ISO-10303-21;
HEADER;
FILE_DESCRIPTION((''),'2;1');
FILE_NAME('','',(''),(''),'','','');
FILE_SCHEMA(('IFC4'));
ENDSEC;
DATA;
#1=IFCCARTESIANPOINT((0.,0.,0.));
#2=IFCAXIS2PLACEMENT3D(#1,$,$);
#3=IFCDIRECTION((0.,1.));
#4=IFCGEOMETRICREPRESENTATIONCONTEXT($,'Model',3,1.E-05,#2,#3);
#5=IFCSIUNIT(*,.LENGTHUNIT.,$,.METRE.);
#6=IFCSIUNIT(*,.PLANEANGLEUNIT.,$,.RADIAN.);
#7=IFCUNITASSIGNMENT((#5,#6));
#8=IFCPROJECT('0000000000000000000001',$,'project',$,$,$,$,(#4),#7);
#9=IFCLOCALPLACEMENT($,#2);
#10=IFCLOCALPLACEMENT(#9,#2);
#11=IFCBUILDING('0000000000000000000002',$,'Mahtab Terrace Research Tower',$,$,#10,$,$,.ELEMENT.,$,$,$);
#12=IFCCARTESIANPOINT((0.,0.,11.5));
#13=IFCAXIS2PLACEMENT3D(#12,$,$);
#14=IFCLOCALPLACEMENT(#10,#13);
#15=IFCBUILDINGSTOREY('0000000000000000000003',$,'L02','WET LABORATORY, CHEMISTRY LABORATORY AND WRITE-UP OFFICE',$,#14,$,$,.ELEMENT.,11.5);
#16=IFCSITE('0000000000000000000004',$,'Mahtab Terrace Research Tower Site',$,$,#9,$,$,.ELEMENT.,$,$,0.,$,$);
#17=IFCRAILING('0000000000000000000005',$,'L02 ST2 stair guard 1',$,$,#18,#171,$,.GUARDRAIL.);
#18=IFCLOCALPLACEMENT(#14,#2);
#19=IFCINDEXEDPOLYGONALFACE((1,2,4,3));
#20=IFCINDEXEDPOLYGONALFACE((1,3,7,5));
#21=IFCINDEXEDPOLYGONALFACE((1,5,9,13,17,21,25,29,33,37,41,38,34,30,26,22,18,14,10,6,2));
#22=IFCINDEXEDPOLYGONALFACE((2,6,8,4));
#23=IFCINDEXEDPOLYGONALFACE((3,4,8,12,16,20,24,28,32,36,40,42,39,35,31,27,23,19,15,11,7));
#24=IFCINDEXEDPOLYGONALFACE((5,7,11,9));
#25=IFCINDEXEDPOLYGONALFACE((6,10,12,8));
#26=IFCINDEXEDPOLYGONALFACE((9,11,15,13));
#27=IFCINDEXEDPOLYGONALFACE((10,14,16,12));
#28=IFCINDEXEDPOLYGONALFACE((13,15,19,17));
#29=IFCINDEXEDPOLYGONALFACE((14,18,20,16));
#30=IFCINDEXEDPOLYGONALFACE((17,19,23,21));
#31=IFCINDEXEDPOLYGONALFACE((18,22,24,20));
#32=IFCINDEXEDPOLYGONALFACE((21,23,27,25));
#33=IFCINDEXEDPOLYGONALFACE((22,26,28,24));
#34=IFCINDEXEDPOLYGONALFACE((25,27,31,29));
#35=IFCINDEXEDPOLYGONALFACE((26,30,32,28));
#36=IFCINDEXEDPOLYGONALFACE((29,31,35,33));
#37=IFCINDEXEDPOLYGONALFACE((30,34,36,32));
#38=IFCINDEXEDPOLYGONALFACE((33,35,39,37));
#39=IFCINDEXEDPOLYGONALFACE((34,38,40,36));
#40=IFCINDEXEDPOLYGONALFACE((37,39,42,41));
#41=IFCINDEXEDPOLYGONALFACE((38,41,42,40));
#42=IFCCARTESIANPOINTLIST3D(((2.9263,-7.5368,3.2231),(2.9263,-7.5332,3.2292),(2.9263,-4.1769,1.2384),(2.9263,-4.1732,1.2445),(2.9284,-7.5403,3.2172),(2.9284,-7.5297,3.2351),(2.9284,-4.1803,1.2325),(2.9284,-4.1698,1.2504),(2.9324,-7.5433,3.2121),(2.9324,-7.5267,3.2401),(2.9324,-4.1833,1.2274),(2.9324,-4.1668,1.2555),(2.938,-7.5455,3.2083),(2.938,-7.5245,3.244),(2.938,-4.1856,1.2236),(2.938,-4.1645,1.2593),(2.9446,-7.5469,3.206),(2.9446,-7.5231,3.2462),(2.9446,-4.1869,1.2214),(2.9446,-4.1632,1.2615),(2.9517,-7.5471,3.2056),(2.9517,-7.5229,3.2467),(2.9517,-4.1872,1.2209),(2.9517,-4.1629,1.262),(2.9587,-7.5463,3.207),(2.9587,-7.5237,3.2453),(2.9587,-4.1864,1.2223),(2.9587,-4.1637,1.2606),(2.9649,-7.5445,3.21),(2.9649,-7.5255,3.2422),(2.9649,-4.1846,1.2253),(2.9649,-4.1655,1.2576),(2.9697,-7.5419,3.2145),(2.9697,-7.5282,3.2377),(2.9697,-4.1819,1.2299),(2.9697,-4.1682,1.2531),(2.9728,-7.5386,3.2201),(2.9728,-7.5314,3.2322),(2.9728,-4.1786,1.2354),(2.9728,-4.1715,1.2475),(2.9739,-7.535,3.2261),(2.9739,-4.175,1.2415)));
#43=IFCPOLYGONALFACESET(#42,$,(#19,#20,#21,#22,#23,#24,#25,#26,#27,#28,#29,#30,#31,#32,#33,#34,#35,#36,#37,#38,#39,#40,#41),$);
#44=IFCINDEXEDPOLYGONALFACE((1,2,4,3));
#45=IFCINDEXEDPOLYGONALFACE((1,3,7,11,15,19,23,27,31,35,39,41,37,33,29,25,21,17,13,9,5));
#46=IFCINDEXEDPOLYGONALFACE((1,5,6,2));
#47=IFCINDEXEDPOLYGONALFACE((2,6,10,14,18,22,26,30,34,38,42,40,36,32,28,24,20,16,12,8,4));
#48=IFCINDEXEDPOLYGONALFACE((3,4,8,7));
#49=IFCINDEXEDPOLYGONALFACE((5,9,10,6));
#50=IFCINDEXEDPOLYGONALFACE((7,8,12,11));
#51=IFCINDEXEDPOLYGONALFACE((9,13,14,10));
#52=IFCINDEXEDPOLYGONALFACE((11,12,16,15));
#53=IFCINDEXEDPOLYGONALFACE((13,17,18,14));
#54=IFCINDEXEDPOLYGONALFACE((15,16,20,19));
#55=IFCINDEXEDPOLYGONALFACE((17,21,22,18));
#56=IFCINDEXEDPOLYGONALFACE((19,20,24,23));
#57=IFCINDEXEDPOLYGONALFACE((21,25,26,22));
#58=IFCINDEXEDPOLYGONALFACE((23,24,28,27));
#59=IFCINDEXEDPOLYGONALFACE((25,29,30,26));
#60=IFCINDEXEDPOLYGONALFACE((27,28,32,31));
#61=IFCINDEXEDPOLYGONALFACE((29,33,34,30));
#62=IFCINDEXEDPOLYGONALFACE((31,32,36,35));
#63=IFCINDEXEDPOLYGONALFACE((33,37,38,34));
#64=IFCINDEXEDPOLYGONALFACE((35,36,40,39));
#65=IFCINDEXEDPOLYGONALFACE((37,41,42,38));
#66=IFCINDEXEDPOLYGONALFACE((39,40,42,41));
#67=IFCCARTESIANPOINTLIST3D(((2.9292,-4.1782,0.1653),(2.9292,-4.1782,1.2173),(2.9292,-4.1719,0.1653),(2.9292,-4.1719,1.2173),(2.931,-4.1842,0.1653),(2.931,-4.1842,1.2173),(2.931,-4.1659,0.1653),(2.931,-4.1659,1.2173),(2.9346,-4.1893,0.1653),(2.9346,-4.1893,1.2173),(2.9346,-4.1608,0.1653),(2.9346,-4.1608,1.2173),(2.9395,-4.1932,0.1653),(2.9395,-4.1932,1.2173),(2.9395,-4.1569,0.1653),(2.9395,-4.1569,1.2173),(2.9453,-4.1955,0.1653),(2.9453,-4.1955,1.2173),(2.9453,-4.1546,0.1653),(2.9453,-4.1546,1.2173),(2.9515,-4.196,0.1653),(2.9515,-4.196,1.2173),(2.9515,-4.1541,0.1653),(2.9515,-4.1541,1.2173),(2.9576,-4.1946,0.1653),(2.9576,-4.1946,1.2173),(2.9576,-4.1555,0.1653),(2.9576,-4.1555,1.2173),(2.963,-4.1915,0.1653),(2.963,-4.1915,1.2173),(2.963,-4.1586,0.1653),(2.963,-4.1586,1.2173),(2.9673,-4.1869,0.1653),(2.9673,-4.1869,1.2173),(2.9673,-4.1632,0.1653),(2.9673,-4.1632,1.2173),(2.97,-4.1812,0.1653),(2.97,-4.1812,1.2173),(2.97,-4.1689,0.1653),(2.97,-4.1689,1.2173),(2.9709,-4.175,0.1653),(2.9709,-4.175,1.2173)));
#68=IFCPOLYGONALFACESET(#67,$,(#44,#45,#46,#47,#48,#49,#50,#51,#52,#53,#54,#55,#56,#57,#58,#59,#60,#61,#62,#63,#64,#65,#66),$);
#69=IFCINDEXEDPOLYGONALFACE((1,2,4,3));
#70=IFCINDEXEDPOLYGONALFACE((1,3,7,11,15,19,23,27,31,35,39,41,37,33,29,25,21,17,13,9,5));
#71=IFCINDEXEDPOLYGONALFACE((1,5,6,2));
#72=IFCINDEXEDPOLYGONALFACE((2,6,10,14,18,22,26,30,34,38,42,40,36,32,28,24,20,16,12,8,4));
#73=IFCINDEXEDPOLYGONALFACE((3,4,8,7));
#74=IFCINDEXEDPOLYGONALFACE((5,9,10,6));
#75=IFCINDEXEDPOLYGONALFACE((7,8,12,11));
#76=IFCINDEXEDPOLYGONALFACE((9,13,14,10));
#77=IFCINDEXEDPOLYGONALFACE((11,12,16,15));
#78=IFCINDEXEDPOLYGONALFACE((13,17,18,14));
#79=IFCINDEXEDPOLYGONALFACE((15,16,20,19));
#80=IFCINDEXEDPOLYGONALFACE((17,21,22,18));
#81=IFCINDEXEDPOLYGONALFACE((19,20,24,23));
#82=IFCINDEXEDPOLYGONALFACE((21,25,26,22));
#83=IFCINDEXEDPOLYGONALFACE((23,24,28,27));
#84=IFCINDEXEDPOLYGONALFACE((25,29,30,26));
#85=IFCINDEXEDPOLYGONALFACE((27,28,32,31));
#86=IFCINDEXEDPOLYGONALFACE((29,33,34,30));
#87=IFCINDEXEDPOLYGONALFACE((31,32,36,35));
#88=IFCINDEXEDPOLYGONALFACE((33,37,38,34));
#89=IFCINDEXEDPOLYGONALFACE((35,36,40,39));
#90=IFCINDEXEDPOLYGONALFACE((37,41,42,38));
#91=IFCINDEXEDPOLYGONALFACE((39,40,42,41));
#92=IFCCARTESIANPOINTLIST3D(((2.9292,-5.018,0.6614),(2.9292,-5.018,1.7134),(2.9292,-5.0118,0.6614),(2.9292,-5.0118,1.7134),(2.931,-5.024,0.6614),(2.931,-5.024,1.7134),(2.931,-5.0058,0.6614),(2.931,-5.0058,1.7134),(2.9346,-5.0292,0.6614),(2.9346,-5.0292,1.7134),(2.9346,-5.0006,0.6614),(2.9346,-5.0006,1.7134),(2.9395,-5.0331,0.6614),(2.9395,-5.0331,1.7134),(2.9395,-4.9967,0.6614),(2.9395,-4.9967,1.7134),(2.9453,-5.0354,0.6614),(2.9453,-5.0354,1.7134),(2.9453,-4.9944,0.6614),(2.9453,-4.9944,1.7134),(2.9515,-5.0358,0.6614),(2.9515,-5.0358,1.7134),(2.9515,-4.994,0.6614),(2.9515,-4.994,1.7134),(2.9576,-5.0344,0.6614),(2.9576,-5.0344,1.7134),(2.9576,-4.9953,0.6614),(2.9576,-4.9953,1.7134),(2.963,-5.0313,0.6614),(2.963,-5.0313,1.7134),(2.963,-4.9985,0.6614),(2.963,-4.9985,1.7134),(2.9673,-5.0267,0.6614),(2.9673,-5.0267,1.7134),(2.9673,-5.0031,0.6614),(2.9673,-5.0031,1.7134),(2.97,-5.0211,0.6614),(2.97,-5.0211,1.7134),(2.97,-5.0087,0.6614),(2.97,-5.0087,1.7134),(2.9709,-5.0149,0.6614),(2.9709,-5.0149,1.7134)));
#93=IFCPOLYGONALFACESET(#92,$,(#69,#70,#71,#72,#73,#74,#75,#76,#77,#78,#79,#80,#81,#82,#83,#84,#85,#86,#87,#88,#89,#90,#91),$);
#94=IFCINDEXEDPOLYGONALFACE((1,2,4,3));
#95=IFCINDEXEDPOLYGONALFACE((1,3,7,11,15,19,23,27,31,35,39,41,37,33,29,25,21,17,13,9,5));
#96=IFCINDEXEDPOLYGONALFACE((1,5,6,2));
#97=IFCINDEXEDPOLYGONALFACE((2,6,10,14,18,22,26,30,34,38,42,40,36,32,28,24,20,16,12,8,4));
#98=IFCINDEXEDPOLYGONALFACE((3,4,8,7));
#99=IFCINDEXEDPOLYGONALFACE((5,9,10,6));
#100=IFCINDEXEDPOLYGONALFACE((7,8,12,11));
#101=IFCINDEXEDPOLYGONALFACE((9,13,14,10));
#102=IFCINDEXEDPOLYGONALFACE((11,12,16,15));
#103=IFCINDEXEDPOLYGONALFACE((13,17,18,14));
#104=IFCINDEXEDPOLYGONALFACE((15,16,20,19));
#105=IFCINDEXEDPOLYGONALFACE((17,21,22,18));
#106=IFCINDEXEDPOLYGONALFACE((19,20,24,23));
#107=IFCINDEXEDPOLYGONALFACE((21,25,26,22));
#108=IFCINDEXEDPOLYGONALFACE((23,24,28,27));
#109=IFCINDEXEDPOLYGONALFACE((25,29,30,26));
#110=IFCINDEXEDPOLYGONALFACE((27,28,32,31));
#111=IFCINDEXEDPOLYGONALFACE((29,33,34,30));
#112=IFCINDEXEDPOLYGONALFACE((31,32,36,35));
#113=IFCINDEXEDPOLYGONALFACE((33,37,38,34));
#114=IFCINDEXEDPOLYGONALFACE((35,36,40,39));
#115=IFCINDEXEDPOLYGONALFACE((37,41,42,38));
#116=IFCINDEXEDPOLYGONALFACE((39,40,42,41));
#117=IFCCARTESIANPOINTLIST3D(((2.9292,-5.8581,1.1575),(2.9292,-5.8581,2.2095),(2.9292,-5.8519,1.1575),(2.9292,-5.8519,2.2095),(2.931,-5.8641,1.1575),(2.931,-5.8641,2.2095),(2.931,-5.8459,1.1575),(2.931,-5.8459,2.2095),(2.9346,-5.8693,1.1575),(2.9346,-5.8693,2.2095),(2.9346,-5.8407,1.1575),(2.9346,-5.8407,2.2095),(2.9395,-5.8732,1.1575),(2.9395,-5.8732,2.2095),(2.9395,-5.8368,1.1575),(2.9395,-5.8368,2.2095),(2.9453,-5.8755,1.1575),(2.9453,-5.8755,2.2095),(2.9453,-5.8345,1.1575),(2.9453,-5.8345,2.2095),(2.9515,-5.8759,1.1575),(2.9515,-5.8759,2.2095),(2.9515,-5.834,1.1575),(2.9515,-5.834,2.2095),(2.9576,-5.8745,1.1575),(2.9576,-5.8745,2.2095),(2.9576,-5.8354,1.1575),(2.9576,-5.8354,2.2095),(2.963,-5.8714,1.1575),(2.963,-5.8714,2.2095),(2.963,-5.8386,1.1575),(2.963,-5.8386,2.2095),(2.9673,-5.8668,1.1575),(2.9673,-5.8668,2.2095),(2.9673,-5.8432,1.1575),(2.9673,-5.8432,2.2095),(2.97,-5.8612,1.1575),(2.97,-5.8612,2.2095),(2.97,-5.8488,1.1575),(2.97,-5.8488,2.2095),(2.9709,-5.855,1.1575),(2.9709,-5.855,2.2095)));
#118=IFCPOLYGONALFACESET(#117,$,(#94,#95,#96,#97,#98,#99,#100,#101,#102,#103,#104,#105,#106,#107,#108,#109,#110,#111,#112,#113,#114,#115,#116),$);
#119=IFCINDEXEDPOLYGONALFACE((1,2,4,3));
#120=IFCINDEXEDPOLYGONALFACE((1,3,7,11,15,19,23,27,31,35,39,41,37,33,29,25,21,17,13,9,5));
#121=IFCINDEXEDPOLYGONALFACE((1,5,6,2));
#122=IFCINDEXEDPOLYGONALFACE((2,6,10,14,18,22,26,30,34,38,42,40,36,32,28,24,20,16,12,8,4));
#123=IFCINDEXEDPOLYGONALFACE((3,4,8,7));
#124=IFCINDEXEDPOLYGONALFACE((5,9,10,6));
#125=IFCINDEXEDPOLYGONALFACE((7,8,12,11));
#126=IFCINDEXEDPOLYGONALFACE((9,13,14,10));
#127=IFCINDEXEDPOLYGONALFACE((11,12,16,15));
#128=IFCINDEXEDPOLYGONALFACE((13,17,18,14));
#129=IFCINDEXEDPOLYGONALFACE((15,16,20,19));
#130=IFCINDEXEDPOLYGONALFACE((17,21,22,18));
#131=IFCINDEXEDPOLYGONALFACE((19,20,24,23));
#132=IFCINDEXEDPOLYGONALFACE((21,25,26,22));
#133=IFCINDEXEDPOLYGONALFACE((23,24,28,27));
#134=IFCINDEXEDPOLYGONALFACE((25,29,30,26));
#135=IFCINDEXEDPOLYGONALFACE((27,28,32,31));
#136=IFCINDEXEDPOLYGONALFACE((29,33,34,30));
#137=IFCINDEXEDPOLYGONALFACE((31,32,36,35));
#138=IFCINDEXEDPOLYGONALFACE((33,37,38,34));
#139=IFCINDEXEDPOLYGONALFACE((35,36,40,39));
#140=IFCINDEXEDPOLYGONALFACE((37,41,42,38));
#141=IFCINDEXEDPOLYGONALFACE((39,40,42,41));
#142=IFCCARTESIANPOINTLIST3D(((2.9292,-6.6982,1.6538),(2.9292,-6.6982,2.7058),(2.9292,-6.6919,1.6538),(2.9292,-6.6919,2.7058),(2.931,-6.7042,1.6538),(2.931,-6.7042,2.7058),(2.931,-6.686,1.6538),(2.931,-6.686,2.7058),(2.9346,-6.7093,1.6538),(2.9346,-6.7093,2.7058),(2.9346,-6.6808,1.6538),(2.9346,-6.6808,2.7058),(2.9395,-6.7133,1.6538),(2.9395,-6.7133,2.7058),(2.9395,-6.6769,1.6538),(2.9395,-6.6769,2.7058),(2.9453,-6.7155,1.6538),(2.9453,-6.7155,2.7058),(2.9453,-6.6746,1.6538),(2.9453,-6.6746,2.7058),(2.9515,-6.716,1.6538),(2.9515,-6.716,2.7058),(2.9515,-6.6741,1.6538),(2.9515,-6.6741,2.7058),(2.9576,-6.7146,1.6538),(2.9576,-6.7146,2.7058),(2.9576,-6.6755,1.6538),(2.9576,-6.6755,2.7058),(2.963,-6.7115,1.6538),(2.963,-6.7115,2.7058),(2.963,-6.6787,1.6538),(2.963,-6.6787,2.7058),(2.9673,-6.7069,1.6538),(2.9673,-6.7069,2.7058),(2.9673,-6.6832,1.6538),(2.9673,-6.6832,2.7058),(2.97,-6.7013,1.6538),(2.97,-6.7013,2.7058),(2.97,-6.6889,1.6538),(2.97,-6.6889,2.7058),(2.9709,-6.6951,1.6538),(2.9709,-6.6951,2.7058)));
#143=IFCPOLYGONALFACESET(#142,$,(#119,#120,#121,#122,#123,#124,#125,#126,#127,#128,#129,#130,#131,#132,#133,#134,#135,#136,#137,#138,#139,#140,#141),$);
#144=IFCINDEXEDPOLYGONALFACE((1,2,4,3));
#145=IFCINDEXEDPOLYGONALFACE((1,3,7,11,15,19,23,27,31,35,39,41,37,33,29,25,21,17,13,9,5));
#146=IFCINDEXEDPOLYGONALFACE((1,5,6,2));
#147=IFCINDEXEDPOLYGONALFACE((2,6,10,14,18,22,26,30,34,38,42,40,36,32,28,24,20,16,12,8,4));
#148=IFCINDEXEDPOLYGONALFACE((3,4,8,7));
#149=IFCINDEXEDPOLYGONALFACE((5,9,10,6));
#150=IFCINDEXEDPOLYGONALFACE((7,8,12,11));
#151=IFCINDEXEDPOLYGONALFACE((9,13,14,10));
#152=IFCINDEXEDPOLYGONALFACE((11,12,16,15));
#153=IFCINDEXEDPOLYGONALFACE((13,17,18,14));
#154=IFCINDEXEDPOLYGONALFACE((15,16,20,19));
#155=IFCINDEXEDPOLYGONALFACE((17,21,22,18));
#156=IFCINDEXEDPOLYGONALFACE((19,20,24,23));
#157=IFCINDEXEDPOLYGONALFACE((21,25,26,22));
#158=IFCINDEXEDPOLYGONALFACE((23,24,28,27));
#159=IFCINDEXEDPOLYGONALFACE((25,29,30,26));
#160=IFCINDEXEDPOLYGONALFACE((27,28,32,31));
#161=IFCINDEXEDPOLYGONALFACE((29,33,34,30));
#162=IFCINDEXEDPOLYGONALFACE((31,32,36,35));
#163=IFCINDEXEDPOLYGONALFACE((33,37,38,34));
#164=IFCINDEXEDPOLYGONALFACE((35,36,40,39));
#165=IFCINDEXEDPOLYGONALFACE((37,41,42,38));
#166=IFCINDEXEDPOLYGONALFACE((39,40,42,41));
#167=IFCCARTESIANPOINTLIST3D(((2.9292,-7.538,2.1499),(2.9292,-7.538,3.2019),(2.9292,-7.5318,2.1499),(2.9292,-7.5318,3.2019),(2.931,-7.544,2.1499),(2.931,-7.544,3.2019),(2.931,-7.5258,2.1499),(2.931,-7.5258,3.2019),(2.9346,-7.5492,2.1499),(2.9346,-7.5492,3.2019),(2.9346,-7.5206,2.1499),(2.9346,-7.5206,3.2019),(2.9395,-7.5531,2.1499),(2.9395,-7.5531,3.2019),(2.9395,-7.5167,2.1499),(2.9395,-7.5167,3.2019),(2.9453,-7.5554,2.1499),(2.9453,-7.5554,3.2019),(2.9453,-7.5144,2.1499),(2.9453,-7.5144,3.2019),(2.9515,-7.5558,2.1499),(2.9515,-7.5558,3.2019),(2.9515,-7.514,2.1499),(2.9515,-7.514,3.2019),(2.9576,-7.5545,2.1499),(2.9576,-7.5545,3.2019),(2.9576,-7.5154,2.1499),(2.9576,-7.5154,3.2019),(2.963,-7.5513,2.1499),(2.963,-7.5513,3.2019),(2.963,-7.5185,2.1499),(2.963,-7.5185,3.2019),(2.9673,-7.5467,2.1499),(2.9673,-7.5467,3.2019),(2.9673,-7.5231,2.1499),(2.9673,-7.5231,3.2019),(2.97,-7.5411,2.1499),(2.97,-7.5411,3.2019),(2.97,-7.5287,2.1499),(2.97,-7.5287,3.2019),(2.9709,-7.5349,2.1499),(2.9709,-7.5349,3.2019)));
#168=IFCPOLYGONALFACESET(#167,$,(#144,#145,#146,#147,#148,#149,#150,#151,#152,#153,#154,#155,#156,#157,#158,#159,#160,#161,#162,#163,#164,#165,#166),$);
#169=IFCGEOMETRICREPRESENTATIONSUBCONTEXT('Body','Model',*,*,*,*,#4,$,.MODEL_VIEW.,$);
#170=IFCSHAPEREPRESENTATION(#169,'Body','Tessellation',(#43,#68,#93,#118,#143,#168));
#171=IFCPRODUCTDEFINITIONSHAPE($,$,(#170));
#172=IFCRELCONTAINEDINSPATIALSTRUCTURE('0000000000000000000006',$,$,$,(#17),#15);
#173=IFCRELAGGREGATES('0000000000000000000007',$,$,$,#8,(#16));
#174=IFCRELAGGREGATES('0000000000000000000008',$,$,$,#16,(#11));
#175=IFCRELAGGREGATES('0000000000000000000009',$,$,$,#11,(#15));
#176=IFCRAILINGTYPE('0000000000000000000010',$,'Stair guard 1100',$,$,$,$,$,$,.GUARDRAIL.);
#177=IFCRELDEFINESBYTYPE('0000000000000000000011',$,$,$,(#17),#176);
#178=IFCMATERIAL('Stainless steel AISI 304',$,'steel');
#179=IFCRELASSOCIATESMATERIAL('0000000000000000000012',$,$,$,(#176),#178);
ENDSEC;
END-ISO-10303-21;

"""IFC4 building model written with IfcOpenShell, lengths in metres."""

from ifc_helpers import new_model, si_unit, direction, frame, origin, origin_2d, place, context, subcontext, project, spatial, circle, extrude, material, type_object, element, save


model = new_model("IFC4")

# Units and contexts
model_context = context("Model", 3, precision=1e-05, world=origin(), true_north=direction((0.0, 1.0)))
body_context = subcontext(model_context, "Body", "Model", "MODEL_VIEW")
ifc_project = project(units=[si_unit("LENGTHUNIT", "METRE"), si_unit("PLANEANGLEUNIT", "RADIAN")], contexts=[model_context])

# Site, building, storey
site_placement = place(None, origin())
site = spatial("IfcSite", under=ifc_project, at=site_placement, Name="Mahtab Terrace Research Tower Site", CompositionType="ELEMENT", RefElevation=0.0)
building_placement = place(site_placement, origin())
building = spatial("IfcBuilding", under=site, at=building_placement, Name="Mahtab Terrace Research Tower", CompositionType="ELEMENT")
storey_placement = place(building_placement, frame((0.0, 0.0, 11.5)))
storey = spatial("IfcBuildingStorey", under=building, at=storey_placement, Name="L02", Description="WET LABORATORY, CHEMISTRY LABORATORY AND WRITE-UP OFFICE", CompositionType="ELEMENT", Elevation=11.5)

# Railing
ifc_material_1 = material(Name="Stainless steel AISI 304", Category="steel")
railing_type_1 = type_object("IfcRailingType", Name="Stair guard 1100", PredefinedType="GUARDRAIL", material=ifc_material_1)
railing_1_placement = place(storey_placement, frame((2.95, -4.175, 0.1653)))
element("IfcRailing", 1, at=railing_1_placement, inside=storey, type_object=railing_type_1, Name="L02 ST2 stair guard 1", PredefinedType="GUARDRAIL", context=body_context, shape_type="SweptSolid", body=[
    extrude(circle(Radius=0.0239, at=origin_2d()), frame((0.0, 0.0, 1.0762), z_axis=(0.0, -0.861011, 0.508586), x_axis=(1.0, 0.0, 0.0)), (0.0, 0.0, 1.0), 3.9023),
    extrude(circle(Radius=0.021, at=origin_2d()), origin(), (0.0, 0.0, 1.0), 1.052),
    extrude(circle(Radius=0.021, at=origin_2d()), frame((0.0, -0.8398, 0.4961)), (0.0, 0.0, 1.0), 1.052),
    extrude(circle(Radius=0.021, at=origin_2d()), frame((0.0, -1.6799, 0.9922)), (0.0, 0.0, 1.0), 1.052),
    extrude(circle(Radius=0.021, at=origin_2d()), frame((0.0, -2.52, 1.4885)), (0.0, 0.0, 1.0), 1.052),
    extrude(circle(Radius=0.021, at=origin_2d()), frame((0.0, -3.3599, 1.9846)), (0.0, 0.0, 1.0), 1.052),
])

save(model, "model.ifc")
